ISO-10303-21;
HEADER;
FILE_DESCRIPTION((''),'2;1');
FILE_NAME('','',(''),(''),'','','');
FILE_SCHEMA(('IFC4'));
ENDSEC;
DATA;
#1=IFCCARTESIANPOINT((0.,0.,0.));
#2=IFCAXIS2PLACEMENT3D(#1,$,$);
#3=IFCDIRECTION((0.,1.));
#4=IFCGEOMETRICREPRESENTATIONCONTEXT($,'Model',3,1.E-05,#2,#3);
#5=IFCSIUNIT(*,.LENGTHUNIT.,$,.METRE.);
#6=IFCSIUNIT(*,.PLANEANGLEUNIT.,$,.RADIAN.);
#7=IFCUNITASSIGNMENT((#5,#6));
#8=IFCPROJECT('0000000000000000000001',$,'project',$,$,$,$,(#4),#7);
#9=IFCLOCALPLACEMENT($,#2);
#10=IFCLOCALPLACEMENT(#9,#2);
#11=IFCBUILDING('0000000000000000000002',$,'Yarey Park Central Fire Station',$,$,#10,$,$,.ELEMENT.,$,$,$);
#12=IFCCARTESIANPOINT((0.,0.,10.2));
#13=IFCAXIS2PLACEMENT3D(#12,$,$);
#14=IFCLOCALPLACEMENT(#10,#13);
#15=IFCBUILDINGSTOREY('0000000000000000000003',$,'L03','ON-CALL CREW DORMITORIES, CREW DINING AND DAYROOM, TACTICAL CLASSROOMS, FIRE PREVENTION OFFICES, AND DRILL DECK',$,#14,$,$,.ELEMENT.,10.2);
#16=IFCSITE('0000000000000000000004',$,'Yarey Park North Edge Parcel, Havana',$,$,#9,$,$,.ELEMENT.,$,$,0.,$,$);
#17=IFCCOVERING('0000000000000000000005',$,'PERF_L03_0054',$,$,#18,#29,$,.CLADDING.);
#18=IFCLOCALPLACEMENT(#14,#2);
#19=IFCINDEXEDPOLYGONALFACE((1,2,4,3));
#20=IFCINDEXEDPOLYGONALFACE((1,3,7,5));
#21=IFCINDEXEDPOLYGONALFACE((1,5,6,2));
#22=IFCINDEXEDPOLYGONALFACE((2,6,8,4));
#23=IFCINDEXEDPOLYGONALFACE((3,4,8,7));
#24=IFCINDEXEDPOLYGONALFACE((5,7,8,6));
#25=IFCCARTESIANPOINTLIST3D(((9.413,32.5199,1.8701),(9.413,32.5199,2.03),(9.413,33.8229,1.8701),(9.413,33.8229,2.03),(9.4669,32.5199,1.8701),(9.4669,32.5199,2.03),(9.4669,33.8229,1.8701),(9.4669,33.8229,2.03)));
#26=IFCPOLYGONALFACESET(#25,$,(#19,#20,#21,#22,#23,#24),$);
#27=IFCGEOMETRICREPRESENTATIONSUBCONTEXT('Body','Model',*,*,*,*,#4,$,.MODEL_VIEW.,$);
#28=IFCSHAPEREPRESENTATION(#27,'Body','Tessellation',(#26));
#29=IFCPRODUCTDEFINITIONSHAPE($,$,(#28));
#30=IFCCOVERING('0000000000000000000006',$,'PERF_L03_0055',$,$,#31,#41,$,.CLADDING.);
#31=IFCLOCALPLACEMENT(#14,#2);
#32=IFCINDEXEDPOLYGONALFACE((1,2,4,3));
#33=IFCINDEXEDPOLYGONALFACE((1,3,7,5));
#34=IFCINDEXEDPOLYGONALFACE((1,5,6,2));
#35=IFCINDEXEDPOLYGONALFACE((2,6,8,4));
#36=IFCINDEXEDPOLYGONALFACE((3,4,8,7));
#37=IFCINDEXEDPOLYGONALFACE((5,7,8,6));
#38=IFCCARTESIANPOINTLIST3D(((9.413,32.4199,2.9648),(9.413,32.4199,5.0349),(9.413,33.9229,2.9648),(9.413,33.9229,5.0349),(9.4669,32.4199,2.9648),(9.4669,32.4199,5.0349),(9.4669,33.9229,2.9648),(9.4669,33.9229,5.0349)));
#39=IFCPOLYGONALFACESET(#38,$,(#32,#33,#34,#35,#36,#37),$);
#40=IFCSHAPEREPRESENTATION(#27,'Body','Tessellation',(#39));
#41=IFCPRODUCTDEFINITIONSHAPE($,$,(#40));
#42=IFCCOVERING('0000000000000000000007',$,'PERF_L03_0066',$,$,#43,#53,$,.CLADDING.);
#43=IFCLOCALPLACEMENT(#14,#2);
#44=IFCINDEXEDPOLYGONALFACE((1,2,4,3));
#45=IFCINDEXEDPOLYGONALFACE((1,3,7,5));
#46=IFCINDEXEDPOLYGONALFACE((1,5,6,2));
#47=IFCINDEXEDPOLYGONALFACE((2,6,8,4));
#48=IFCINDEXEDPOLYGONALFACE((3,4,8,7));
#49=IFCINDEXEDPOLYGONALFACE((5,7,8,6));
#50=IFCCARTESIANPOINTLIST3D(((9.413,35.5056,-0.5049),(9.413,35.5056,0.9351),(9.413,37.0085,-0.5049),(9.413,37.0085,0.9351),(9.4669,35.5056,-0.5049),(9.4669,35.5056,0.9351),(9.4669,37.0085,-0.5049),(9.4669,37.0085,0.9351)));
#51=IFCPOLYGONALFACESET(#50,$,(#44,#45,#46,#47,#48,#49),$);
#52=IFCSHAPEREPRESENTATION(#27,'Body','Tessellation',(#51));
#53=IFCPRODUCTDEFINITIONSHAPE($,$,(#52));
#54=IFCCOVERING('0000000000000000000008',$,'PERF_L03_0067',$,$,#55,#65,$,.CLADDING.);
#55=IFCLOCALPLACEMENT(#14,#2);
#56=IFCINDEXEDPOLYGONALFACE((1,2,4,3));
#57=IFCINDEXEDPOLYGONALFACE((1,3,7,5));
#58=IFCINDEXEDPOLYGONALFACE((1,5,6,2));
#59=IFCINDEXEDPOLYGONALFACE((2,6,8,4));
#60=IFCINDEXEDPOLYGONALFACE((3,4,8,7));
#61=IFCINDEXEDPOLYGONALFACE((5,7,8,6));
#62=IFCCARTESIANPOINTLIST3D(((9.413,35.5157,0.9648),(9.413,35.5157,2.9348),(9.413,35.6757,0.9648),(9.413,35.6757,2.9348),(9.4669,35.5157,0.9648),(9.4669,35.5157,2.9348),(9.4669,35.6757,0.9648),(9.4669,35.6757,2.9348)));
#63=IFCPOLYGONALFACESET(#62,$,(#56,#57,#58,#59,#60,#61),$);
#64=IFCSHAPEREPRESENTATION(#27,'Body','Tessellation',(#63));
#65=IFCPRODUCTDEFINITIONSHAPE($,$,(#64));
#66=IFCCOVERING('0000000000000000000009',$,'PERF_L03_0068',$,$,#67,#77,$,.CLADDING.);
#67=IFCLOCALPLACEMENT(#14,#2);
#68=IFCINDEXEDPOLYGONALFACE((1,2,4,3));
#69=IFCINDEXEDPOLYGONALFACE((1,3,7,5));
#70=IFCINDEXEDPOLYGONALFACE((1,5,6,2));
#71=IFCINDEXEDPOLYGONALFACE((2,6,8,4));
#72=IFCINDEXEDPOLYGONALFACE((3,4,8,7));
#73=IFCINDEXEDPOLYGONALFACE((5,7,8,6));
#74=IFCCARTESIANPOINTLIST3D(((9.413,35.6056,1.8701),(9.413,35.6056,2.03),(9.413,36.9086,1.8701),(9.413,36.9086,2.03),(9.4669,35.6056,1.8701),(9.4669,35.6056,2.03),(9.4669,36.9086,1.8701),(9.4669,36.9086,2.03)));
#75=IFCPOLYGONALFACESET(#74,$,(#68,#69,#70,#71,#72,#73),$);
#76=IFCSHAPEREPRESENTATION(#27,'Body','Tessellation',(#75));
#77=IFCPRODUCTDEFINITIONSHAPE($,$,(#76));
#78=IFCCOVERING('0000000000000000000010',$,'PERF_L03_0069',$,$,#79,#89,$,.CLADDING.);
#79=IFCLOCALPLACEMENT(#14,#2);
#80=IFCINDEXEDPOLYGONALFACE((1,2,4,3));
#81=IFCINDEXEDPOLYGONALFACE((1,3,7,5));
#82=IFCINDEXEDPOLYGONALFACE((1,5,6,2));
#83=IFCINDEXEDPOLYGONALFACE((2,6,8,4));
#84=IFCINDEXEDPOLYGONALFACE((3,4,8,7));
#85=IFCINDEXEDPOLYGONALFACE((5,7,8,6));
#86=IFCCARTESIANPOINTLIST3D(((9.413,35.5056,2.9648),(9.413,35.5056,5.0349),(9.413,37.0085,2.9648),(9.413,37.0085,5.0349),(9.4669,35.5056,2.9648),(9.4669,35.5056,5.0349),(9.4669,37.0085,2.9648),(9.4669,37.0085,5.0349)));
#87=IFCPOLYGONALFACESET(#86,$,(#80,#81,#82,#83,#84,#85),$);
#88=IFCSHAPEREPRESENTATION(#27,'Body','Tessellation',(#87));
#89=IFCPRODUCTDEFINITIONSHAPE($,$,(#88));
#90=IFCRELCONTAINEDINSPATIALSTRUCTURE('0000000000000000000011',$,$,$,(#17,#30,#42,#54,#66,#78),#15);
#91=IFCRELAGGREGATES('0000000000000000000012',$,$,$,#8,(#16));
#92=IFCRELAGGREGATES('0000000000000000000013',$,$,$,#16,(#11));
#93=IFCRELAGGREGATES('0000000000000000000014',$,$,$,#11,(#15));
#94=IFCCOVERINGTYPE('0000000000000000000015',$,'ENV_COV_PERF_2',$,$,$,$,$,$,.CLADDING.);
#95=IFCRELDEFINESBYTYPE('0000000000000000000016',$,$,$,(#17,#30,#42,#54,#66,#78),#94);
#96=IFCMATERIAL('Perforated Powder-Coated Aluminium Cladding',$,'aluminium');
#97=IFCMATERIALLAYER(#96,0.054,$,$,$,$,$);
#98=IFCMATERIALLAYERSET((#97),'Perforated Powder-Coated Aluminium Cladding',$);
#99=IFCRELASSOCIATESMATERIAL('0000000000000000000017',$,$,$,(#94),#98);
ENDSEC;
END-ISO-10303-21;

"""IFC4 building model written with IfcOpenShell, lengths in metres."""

from ifc_helpers import new_model, si_unit, direction, frame, origin, origin_2d, place, context, subcontext, project, spatial, rectangle, extrude, material, layer, layer_set, type_object, element, save


model = new_model("IFC4")

# Units and contexts
model_context = context("Model", 3, precision=1e-05, world=origin(), true_north=direction((0.0, 1.0)))
body_context = subcontext(model_context, "Body", "Model", "MODEL_VIEW")
ifc_project = project(units=[si_unit("LENGTHUNIT", "METRE"), si_unit("PLANEANGLEUNIT", "RADIAN")], contexts=[model_context])

# Site, building, storey
site_placement = place(None, origin())
site = spatial("IfcSite", under=ifc_project, at=site_placement, Name="Yarey Park North Edge Parcel, Havana", CompositionType="ELEMENT", RefElevation=0.0)
building_placement = place(site_placement, origin())
building = spatial("IfcBuilding", under=site, at=building_placement, Name="Yarey Park Central Fire Station", CompositionType="ELEMENT")
storey_placement = place(building_placement, frame((0.0, 0.0, 10.2)))
storey = spatial("IfcBuildingStorey", under=building, at=storey_placement, Name="L03", Description="ON-CALL CREW DORMITORIES, CREW DINING AND DAYROOM, TACTICAL CLASSROOMS, FIRE PREVENTION OFFICES, AND DRILL DECK", CompositionType="ELEMENT", Elevation=10.2)

# Coverings
ifc_material_1 = material(Name="Perforated Powder-Coated Aluminium Cladding", Category="aluminium")
ifc_layer_1 = layer(ifc_material_1, 0.054)
ifc_layer_set_1 = layer_set([ifc_layer_1], Name="Perforated Powder-Coated Aluminium Cladding")
covering_type_1 = type_object("IfcCoveringType", Name="ENV_COV_PERF_2", PredefinedType="CLADDING", material=ifc_layer_set_1)
covering_1_placement = place(storey_placement, frame((9.4399, 33.1714, 1.8701), z_axis=(0.0, 0.0, 1.0), x_axis=(0.0, 1.0, 0.0)))
element("IfcCovering", 1, at=covering_1_placement, inside=storey, type_object=covering_type_1, Name="PERF_L03_0054", PredefinedType="CLADDING", context=body_context, shape_type="SweptSolid", body=[
    extrude(rectangle(XDim=1.303, YDim=0.054, at=origin_2d()), origin(), (0.0, 0.0, 1.0), 0.1599),
])
covering_2_placement = place(storey_placement, frame((9.4399, 33.1714, 2.9648), z_axis=(0.0, 0.0, 1.0), x_axis=(0.0, 1.0, 0.0)))
element("IfcCovering", 2, at=covering_2_placement, inside=storey, type_object=covering_type_1, Name="PERF_L03_0055", PredefinedType="CLADDING", context=body_context, shape_type="SweptSolid", body=[
    extrude(rectangle(XDim=1.5029, YDim=0.054, at=origin_2d()), origin(), (0.0, 0.0, 1.0), 2.0701),
])
covering_3_placement = place(storey_placement, frame((9.4399, 36.2571, -0.5049), z_axis=(0.0, 0.0, 1.0), x_axis=(0.0, 1.0, 0.0)))
element("IfcCovering", 3, at=covering_3_placement, inside=storey, type_object=covering_type_1, Name="PERF_L03_0066", PredefinedType="CLADDING", context=body_context, shape_type="SweptSolid", body=[
    extrude(rectangle(XDim=1.5029, YDim=0.054, at=origin_2d()), origin(), (0.0, 0.0, 1.0), 1.4399),
])
covering_4_placement = place(storey_placement, frame((9.4399, 35.5957, 0.9648), z_axis=(0.0, 0.0, 1.0), x_axis=(0.0, 1.0, 0.0)))
element("IfcCovering", 4, at=covering_4_placement, inside=storey, type_object=covering_type_1, Name="PERF_L03_0067", PredefinedType="CLADDING", context=body_context, shape_type="SweptSolid", body=[
    extrude(rectangle(XDim=0.1599, YDim=0.054, at=origin_2d()), origin(), (0.0, 0.0, 1.0), 1.97),
])
covering_5_placement = place(storey_placement, frame((9.4399, 36.2571, 1.8701), z_axis=(0.0, 0.0, 1.0), x_axis=(0.0, 1.0, 0.0)))
element("IfcCovering", 5, at=covering_5_placement, inside=storey, type_object=covering_type_1, Name="PERF_L03_0068", PredefinedType="CLADDING", context=body_context, shape_type="SweptSolid", body=[
    extrude(rectangle(XDim=1.303, YDim=0.054, at=origin_2d()), origin(), (0.0, 0.0, 1.0), 0.1599),
])
covering_6_placement = place(storey_placement, frame((9.4399, 36.2571, 2.9648), z_axis=(0.0, 0.0, 1.0), x_axis=(0.0, 1.0, 0.0)))
element("IfcCovering", 6, at=covering_6_placement, inside=storey, type_object=covering_type_1, Name="PERF_L03_0069", PredefinedType="CLADDING", context=body_context, shape_type="SweptSolid", body=[
    extrude(rectangle(XDim=1.5029, YDim=0.054, at=origin_2d()), origin(), (0.0, 0.0, 1.0), 2.0701),
])

save(model, "model.ifc")
